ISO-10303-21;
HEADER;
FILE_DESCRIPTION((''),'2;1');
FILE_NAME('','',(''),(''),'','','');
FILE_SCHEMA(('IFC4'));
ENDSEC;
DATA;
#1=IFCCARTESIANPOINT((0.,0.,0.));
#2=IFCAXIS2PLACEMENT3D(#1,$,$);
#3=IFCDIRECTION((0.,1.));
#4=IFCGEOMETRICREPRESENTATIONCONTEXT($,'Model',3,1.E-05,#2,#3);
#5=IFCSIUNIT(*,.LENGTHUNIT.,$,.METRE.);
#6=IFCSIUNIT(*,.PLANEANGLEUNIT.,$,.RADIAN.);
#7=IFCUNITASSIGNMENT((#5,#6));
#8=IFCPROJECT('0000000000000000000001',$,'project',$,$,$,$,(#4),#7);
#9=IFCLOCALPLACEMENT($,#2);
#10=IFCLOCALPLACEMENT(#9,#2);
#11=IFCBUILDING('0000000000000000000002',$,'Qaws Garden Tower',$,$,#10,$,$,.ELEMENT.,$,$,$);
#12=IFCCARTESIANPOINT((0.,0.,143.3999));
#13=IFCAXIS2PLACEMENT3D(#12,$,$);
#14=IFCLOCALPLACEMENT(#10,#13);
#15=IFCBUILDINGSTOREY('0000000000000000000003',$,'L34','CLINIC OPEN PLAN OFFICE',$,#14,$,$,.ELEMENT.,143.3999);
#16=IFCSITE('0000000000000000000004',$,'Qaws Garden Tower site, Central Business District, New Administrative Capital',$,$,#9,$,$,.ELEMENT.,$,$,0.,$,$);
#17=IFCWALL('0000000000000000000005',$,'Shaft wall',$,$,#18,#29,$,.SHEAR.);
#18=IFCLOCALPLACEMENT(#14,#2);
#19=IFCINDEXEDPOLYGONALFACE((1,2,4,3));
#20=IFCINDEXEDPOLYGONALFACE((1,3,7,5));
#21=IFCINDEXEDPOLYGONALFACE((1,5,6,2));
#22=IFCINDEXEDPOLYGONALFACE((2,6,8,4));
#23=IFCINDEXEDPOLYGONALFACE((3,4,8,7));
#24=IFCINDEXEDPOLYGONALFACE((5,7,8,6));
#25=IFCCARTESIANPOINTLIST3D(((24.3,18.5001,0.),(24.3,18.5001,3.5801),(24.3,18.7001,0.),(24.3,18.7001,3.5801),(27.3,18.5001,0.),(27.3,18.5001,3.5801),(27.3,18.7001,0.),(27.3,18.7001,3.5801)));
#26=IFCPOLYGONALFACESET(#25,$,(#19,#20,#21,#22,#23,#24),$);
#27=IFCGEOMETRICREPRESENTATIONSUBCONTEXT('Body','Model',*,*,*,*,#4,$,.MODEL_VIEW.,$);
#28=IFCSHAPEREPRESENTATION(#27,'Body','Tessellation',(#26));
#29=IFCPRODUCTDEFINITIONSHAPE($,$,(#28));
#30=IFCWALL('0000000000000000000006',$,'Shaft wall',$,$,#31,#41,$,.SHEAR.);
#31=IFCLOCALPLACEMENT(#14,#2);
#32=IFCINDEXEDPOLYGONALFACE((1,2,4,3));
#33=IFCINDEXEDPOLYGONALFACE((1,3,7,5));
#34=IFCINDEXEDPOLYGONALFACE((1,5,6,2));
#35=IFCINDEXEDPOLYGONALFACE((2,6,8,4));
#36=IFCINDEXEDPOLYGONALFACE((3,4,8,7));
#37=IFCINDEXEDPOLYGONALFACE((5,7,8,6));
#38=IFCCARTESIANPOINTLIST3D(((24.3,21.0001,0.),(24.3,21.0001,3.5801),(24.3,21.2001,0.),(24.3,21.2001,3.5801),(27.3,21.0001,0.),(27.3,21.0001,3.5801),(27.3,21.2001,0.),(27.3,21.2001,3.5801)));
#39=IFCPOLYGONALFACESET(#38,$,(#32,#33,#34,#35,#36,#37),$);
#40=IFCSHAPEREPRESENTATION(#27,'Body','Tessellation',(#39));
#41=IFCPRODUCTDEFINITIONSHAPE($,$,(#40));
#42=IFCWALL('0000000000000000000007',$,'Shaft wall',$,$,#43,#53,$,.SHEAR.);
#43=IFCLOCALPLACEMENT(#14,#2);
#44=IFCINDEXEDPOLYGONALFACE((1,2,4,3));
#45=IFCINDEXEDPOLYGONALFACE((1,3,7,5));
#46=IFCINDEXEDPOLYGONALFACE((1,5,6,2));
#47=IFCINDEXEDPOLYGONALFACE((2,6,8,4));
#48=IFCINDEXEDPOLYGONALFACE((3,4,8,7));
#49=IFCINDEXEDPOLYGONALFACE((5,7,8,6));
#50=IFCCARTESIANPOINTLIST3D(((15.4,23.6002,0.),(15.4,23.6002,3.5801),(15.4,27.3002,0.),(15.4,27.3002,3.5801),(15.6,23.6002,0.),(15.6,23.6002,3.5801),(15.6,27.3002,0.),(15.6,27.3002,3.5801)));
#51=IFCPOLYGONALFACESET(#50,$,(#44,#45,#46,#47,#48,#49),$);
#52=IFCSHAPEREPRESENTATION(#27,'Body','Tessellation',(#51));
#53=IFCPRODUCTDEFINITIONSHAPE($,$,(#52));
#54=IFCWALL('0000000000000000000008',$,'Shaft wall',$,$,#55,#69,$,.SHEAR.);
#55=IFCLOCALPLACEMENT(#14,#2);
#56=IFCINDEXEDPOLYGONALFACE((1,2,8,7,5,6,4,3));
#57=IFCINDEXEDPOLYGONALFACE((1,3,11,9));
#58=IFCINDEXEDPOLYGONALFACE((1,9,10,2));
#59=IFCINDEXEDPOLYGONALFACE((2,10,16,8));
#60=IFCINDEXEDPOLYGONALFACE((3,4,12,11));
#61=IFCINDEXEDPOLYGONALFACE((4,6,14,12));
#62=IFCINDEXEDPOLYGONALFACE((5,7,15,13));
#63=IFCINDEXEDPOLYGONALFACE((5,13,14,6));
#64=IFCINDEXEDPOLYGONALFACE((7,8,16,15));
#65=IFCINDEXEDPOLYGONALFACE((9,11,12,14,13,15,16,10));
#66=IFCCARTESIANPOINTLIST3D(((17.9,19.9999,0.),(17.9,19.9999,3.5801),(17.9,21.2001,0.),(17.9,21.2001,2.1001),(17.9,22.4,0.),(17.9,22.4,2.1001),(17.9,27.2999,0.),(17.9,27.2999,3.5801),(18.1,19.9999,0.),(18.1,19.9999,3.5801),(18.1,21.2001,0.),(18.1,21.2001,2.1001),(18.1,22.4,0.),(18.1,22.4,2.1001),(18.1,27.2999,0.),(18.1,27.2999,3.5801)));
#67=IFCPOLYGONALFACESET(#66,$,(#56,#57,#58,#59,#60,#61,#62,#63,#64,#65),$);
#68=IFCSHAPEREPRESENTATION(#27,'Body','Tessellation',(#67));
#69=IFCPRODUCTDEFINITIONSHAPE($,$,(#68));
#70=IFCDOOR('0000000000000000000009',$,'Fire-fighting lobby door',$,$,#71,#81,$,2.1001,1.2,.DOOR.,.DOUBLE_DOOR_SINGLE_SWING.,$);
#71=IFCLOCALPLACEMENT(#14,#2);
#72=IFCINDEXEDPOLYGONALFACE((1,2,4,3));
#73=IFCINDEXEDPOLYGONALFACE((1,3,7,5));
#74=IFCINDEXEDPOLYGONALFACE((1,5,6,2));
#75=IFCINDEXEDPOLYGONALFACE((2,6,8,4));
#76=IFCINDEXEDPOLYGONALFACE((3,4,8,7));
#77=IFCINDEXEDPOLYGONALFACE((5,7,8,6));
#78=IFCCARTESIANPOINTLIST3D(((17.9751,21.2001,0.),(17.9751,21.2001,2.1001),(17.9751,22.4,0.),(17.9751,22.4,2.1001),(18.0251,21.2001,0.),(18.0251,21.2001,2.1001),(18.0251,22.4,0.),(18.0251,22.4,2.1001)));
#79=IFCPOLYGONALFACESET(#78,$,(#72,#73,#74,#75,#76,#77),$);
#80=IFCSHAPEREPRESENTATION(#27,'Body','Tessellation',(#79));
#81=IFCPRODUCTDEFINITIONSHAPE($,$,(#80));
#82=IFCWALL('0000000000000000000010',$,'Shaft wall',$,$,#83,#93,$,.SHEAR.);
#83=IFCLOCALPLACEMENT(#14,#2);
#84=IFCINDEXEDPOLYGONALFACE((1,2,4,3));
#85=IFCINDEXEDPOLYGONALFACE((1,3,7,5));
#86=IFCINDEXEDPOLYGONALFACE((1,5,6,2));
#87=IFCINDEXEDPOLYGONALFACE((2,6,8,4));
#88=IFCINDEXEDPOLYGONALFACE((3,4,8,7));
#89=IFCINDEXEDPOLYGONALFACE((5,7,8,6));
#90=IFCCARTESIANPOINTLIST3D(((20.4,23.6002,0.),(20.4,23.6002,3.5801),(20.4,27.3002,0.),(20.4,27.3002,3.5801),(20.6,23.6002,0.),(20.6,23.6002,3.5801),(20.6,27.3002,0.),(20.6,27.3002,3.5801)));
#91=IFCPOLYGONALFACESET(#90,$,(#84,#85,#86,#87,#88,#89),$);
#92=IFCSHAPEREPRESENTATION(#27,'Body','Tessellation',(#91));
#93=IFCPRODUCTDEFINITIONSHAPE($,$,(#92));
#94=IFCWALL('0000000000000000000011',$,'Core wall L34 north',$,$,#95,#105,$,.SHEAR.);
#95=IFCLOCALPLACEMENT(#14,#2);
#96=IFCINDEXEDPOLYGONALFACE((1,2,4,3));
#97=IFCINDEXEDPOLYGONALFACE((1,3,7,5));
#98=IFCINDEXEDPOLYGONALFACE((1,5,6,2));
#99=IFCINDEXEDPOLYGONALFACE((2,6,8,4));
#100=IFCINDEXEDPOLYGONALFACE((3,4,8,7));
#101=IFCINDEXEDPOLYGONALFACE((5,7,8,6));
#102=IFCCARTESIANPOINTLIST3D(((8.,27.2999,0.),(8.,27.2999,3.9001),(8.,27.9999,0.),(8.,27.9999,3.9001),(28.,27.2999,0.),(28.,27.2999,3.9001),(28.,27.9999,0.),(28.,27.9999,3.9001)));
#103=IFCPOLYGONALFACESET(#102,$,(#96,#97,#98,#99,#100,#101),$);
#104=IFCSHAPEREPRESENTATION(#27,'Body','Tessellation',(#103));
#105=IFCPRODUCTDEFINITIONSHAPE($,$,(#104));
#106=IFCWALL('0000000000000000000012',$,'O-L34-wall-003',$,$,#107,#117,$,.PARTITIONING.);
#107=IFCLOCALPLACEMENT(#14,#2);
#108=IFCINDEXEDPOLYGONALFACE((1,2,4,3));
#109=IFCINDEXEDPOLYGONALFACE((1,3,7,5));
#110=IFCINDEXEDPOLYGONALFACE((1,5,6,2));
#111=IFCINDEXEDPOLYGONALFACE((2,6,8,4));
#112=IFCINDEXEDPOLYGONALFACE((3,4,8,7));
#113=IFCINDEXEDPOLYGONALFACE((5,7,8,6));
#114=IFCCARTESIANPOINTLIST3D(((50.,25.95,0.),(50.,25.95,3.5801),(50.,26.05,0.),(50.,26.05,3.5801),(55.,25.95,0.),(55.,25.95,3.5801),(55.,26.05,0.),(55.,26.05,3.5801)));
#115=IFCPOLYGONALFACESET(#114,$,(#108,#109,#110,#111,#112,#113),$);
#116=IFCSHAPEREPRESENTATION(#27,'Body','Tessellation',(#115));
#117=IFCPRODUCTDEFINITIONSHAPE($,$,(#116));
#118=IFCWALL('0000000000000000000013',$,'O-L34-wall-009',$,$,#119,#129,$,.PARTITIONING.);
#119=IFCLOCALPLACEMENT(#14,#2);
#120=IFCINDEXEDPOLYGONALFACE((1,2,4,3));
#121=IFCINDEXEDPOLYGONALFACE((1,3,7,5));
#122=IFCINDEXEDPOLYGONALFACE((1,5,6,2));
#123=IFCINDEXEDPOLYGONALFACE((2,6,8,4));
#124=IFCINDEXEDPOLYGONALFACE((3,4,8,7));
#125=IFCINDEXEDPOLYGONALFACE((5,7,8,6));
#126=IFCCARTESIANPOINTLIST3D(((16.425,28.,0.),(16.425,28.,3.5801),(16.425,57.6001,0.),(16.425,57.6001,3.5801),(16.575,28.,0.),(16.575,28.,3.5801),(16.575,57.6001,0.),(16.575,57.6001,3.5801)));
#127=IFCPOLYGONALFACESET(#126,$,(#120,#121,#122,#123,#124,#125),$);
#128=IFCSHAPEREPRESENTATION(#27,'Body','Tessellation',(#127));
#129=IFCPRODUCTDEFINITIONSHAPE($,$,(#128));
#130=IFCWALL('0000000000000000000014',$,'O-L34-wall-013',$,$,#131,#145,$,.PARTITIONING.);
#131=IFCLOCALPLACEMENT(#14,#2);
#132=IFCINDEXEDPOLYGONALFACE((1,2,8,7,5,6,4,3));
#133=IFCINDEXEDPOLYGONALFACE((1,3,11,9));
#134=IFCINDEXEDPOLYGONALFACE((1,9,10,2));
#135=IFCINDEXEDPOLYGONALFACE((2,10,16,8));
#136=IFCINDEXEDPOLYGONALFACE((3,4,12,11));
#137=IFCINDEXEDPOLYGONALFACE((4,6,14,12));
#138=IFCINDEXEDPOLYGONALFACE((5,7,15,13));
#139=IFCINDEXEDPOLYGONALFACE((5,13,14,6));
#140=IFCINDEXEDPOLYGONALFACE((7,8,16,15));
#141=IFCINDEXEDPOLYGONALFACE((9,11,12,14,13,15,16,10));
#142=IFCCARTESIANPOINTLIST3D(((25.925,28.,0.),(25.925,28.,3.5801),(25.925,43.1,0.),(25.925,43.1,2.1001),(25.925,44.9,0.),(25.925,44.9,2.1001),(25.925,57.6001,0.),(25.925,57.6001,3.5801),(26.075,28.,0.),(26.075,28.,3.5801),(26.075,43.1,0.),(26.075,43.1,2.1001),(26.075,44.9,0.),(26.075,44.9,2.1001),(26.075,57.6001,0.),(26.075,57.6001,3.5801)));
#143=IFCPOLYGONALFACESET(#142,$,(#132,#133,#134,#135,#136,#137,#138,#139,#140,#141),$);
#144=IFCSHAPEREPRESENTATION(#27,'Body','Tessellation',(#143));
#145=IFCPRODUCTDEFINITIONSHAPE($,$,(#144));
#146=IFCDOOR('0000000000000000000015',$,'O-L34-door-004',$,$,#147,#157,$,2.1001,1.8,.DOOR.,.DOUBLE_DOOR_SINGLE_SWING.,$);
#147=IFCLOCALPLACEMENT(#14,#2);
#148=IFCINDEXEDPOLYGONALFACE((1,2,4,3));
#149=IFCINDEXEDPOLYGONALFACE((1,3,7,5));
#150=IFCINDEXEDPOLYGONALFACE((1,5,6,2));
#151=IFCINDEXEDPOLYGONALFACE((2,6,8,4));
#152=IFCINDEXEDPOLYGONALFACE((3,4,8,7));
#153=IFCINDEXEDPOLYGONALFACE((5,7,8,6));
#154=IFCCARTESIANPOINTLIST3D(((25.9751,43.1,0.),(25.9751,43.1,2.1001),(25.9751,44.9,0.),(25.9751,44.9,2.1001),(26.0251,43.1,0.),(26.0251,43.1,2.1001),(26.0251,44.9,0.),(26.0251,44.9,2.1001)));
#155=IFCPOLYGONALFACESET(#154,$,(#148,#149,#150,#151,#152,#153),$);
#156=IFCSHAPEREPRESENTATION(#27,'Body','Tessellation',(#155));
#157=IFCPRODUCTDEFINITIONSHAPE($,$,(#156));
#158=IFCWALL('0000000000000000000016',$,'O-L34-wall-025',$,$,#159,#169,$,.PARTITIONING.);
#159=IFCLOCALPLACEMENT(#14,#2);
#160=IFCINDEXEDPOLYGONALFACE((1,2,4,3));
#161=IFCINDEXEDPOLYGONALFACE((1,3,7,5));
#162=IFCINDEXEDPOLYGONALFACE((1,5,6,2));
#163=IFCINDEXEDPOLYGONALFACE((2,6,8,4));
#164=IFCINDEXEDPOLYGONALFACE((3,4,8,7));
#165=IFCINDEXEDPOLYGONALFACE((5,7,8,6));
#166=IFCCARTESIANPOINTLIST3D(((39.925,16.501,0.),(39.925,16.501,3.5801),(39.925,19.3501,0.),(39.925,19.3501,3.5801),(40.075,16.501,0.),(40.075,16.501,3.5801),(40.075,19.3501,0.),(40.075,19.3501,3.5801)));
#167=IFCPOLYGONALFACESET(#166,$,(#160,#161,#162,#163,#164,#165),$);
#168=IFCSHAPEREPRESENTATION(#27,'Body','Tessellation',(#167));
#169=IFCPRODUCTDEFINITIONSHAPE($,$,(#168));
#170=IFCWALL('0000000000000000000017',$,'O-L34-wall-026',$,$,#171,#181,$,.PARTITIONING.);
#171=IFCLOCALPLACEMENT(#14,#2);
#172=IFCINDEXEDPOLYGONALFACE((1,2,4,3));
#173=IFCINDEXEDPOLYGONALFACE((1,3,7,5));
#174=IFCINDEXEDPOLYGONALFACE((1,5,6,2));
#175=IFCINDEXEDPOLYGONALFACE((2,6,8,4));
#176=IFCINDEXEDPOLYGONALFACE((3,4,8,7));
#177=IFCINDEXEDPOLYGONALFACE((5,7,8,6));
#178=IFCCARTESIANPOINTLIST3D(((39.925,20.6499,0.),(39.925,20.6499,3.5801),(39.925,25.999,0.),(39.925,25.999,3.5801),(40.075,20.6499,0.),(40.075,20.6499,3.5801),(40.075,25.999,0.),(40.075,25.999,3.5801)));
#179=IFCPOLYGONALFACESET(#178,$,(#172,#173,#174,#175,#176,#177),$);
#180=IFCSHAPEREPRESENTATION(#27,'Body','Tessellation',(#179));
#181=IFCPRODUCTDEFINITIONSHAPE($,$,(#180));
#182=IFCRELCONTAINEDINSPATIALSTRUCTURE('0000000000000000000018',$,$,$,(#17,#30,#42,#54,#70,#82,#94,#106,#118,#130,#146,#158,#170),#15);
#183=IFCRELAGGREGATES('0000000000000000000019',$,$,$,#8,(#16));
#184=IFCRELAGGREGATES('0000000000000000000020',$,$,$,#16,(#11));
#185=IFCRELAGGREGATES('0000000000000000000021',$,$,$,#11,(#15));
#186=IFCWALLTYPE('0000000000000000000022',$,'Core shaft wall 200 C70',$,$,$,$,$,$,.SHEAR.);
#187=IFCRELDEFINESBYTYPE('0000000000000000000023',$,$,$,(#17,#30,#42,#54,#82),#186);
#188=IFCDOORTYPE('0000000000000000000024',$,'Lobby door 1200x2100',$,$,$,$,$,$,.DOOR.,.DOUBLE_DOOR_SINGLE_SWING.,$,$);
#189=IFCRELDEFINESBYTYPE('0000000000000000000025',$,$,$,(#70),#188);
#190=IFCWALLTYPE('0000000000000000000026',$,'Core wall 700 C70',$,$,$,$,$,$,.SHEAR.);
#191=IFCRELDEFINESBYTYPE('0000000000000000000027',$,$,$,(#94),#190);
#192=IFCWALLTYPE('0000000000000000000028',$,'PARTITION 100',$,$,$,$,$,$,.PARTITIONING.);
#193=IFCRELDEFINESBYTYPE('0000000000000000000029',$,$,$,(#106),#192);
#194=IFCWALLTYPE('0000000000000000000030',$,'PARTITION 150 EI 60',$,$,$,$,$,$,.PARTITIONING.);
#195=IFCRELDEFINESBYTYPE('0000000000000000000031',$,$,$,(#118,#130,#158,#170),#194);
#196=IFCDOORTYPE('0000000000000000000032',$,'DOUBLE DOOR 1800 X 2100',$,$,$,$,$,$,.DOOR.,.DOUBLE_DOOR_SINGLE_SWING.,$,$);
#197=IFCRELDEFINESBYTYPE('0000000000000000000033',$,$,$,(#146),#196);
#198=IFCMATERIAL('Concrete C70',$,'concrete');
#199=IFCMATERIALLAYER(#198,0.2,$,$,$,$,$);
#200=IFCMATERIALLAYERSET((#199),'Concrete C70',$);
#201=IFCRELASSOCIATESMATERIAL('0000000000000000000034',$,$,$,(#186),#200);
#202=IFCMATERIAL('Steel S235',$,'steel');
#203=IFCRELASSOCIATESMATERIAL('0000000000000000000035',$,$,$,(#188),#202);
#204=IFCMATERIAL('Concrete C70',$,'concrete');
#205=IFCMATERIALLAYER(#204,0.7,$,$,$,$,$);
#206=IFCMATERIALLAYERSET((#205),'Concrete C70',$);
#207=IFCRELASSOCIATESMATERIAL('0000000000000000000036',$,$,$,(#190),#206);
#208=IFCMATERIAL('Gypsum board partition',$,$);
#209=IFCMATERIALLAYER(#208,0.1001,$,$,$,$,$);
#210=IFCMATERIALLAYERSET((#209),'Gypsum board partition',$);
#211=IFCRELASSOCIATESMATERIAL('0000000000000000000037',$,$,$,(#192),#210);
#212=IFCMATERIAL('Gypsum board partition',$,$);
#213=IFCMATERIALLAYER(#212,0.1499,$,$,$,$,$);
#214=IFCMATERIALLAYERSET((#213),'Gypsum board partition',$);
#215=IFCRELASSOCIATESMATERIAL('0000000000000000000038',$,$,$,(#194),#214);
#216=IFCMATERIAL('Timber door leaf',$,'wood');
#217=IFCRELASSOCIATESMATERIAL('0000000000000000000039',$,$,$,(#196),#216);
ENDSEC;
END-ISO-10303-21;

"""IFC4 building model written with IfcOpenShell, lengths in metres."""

from ifc_helpers import new_model, si_unit, direction, frame, frame_2d, origin, place, context, subcontext, project, spatial, rectangle, extrude, material, layer, layer_set, type_object, element, fill, save


model = new_model("IFC4")

# Units and contexts
model_context = context("Model", 3, precision=1e-05, world=origin(), true_north=direction((0.0, 1.0)))
body_context = subcontext(model_context, "Body", "Model", "MODEL_VIEW")
ifc_project = project(units=[si_unit("LENGTHUNIT", "METRE"), si_unit("PLANEANGLEUNIT", "RADIAN")], contexts=[model_context])

# Site, building, storey
site_placement = place(None, origin())
site = spatial("IfcSite", under=ifc_project, at=site_placement, Name="Qaws Garden Tower site, Central Business District, New Administrative Capital", CompositionType="ELEMENT", RefElevation=0.0)
building_placement = place(site_placement, origin())
building = spatial("IfcBuilding", under=site, at=building_placement, Name="Qaws Garden Tower", CompositionType="ELEMENT")
storey_placement = place(building_placement, frame((0.0, 0.0, 143.3999)))
storey = spatial("IfcBuildingStorey", under=building, at=storey_placement, Name="L34", Description="CLINIC OPEN PLAN OFFICE", CompositionType="ELEMENT", Elevation=143.3999)

# Walls
ifc_material_1 = material(Name="Concrete C70", Category="concrete")
ifc_layer_1 = layer(ifc_material_1, 0.2)
ifc_layer_set_1 = layer_set([ifc_layer_1], Name="Concrete C70")
wall_type_1 = type_object("IfcWallType", Name="Core shaft wall 200 C70", PredefinedType="SHEAR", material=ifc_layer_set_1)
for number, where, z_axis, x_axis, name in (
    (1, (24.3, 18.6001, 0.0), (0.0, 0.0, 1.0), (1.0, 0.0, 0.0), "Shaft wall"),
    (2, (24.3, 21.1001, 0.0), (0.0, 0.0, 1.0), (1.0, 0.0, 0.0), "Shaft wall"),
):
    element("IfcWall", number, at=place(storey_placement, frame(where, z_axis=z_axis, x_axis=x_axis)), inside=storey, type_object=wall_type_1, Name=name, PredefinedType="SHEAR", context=body_context, shape_type="SweptSolid", body=[
        extrude(rectangle(XDim=3.0, YDim=0.2, at=frame_2d((1.5, 0.0))), origin(), (0.0, 0.0, 1.0), 3.5801),
    ])
wall_1_placement = place(storey_placement, frame((15.5, 23.6001, 0.0), z_axis=(0.0, 0.0, 1.0), x_axis=(0.0, 1.0, 0.0)))
element("IfcWall", 3, at=wall_1_placement, inside=storey, type_object=wall_type_1, Name="Shaft wall", PredefinedType="SHEAR", context=body_context, shape_type="SweptSolid", body=[
    extrude(rectangle(XDim=3.7, YDim=0.2, at=frame_2d((1.8501, 0.0))), origin(), (0.0, 0.0, 1.0), 3.5801),
])

# Wall, opening, door
wall_2_placement = place(storey_placement, frame((18.0, 20.0, 0.0), z_axis=(0.0, 0.0, 1.0), x_axis=(0.0, 1.0, 0.0)))
wall_2 = element("IfcWall", 4, at=wall_2_placement, inside=storey, type_object=wall_type_1, Name="Shaft wall", PredefinedType="SHEAR", context=body_context, shape_type="SweptSolid", body=[
    extrude(rectangle(XDim=7.3, YDim=0.2, at=frame_2d((3.6499, 0.0))), origin(), (0.0, 0.0, 1.0), 3.5801),
])
opening_1_placement = place(wall_2_placement, frame((1.2, 0.0, 0.0)))
opening_1 = element("IfcOpeningElement", 5, at=opening_1_placement, cuts=wall_2, PredefinedType="OPENING", context=body_context, shape_type="SweptSolid", body=[
    extrude(rectangle(XDim=1.2, YDim=2.1001, at=frame_2d((0.6001, 1.05))), frame((0.0, 0.1099, 0.0), z_axis=(0.0, -1.0, 0.0), x_axis=(1.0, 0.0, 0.0)), (0.0, 0.0, 1.0), 0.22),
])
ifc_material_2 = material(Name="Steel S235", Category="steel")
door_type_1 = type_object("IfcDoorType", Name="Lobby door 1200x2100", OperationType="DOUBLE_DOOR_SINGLE_SWING", PredefinedType="DOOR", material=ifc_material_2)
door_1_placement = place(opening_1_placement, origin())
door_1 = element("IfcDoor", 6, at=door_1_placement, inside=storey, type_object=door_type_1, Name="Fire-fighting lobby door", OperationType="DOUBLE_DOOR_SINGLE_SWING", OverallHeight=2.1001, OverallWidth=1.2, PredefinedType="DOOR", context=body_context, shape_type="SweptSolid", body=[
    extrude(rectangle(XDim=1.2, YDim=2.1001, at=frame_2d((0.6001, 1.05))), frame((0.0, 0.0249, 0.0), z_axis=(0.0, -1.0, 0.0), x_axis=(1.0, 0.0, 0.0)), (0.0, 0.0, 1.0), 0.05),
])
fill(opening_1, door_1)

# Walls
wall_3_placement = place(storey_placement, frame((20.5, 23.6001, 0.0), z_axis=(0.0, 0.0, 1.0), x_axis=(0.0, 1.0, 0.0)))
element("IfcWall", 7, at=wall_3_placement, inside=storey, type_object=wall_type_1, Name="Shaft wall", PredefinedType="SHEAR", context=body_context, shape_type="SweptSolid", body=[
    extrude(rectangle(XDim=3.7, YDim=0.2, at=frame_2d((1.8501, 0.0))), origin(), (0.0, 0.0, 1.0), 3.5801),
])
ifc_material_3 = material(Name="Concrete C70", Category="concrete")
ifc_layer_2 = layer(ifc_material_3, 0.7)
ifc_layer_set_2 = layer_set([ifc_layer_2], Name="Concrete C70")
wall_type_2 = type_object("IfcWallType", Name="Core wall 700 C70", PredefinedType="SHEAR", material=ifc_layer_set_2)
wall_4_placement = place(storey_placement, frame((28.0, 27.6499, 0.0), z_axis=(0.0, 0.0, 1.0), x_axis=(-1.0, 0.0, 0.0)))
element("IfcWall", 8, at=wall_4_placement, inside=storey, type_object=wall_type_2, Name="Core wall L34 north", PredefinedType="SHEAR", context=body_context, shape_type="SweptSolid", body=[
    extrude(rectangle(XDim=20.0, YDim=0.7, at=frame_2d((10.0, 0.0))), origin(), (0.0, 0.0, 1.0), 3.9001),
])
ifc_material_4 = material(Name="Gypsum board partition")
ifc_layer_3 = layer(ifc_material_4, 0.1001)
ifc_layer_set_3 = layer_set([ifc_layer_3], Name="Gypsum board partition")
wall_type_3 = type_object("IfcWallType", Name="PARTITION 100", PredefinedType="PARTITIONING", material=ifc_layer_set_3)
wall_5_placement = place(storey_placement, frame((50.0, 26.0, 0.0), z_axis=(0.0, 0.0, 1.0), x_axis=(1.0, 0.0, 0.0)))
element("IfcWall", 9, at=wall_5_placement, inside=storey, type_object=wall_type_3, Name="O-L34-wall-003", PredefinedType="PARTITIONING", context=body_context, shape_type="SweptSolid", body=[
    extrude(rectangle(XDim=5.0, YDim=0.1001, at=frame_2d((2.5, 0.0))), origin(), (0.0, 0.0, 1.0), 3.5801),
])
ifc_material_5 = material(Name="Gypsum board partition")
ifc_layer_4 = layer(ifc_material_5, 0.1499)
ifc_layer_set_4 = layer_set([ifc_layer_4], Name="Gypsum board partition")
wall_type_4 = type_object("IfcWallType", Name="PARTITION 150 EI 60", PredefinedType="PARTITIONING", material=ifc_layer_set_4)
wall_6_placement = place(storey_placement, frame((16.5, 28.0, 0.0), z_axis=(0.0, 0.0, 1.0), x_axis=(0.0, 1.0, 0.0)))
element("IfcWall", 10, at=wall_6_placement, inside=storey, type_object=wall_type_4, Name="O-L34-wall-009", PredefinedType="PARTITIONING", context=body_context, shape_type="SweptSolid", body=[
    extrude(rectangle(XDim=29.6001, YDim=0.1499, at=frame_2d((14.8, 0.0))), origin(), (0.0, 0.0, 1.0), 3.5801),
])

# Wall, opening, door
wall_7_placement = place(storey_placement, frame((26.0, 28.0, 0.0), z_axis=(0.0, 0.0, 1.0), x_axis=(0.0, 1.0, 0.0)))
wall_7 = element("IfcWall", 11, at=wall_7_placement, inside=storey, type_object=wall_type_4, Name="O-L34-wall-013", PredefinedType="PARTITIONING", context=body_context, shape_type="SweptSolid", body=[
    extrude(rectangle(XDim=29.6001, YDim=0.1499, at=frame_2d((14.8, 0.0))), origin(), (0.0, 0.0, 1.0), 3.5801),
])
opening_2_placement = place(wall_7_placement, frame((15.1001, 0.0, 0.0)))
opening_2 = element("IfcOpeningElement", 12, at=opening_2_placement, cuts=wall_7, PredefinedType="OPENING", context=body_context, shape_type="SweptSolid", body=[
    extrude(rectangle(XDim=1.8, YDim=2.1001, at=frame_2d((0.8999, 1.05))), frame((0.0, 0.085, 0.0), z_axis=(0.0, -1.0, 0.0), x_axis=(1.0, 0.0, 0.0)), (0.0, 0.0, 1.0), 0.1699),
])
ifc_material_6 = material(Name="Timber door leaf", Category="wood")
door_type_2 = type_object("IfcDoorType", Name="DOUBLE DOOR 1800 X 2100", OperationType="DOUBLE_DOOR_SINGLE_SWING", PredefinedType="DOOR", material=ifc_material_6)
door_2_placement = place(opening_2_placement, origin())
door_2 = element("IfcDoor", 13, at=door_2_placement, inside=storey, type_object=door_type_2, Name="O-L34-door-004", OperationType="DOUBLE_DOOR_SINGLE_SWING", OverallHeight=2.1001, OverallWidth=1.8, PredefinedType="DOOR", context=body_context, shape_type="SweptSolid", body=[
    extrude(rectangle(XDim=1.8, YDim=2.1001, at=frame_2d((0.8999, 1.05))), frame((0.0, 0.0249, 0.0), z_axis=(0.0, -1.0, 0.0), x_axis=(1.0, 0.0, 0.0)), (0.0, 0.0, 1.0), 0.05),
])
fill(opening_2, door_2)

# Walls
wall_8_placement = place(storey_placement, frame((40.0, 16.501, 0.0), z_axis=(0.0, 0.0, 1.0), x_axis=(0.0, 1.0, 0.0)))
element("IfcWall", 14, at=wall_8_placement, inside=storey, type_object=wall_type_4, Name="O-L34-wall-025", PredefinedType="PARTITIONING", context=body_context, shape_type="SweptSolid", body=[
    extrude(rectangle(XDim=2.8491, YDim=0.1499, at=frame_2d((1.4246, 0.0))), origin(), (0.0, 0.0, 1.0), 3.5801),
])
wall_9_placement = place(storey_placement, frame((40.0, 20.6499, 0.0), z_axis=(0.0, 0.0, 1.0), x_axis=(0.0, 1.0, 0.0)))
element("IfcWall", 15, at=wall_9_placement, inside=storey, type_object=wall_type_4, Name="O-L34-wall-026", PredefinedType="PARTITIONING", context=body_context, shape_type="SweptSolid", body=[
    extrude(rectangle(XDim=5.3491, YDim=0.1499, at=frame_2d((2.6746, 0.0))), origin(), (0.0, 0.0, 1.0), 3.5801),
])

save(model, "model.ifc")
